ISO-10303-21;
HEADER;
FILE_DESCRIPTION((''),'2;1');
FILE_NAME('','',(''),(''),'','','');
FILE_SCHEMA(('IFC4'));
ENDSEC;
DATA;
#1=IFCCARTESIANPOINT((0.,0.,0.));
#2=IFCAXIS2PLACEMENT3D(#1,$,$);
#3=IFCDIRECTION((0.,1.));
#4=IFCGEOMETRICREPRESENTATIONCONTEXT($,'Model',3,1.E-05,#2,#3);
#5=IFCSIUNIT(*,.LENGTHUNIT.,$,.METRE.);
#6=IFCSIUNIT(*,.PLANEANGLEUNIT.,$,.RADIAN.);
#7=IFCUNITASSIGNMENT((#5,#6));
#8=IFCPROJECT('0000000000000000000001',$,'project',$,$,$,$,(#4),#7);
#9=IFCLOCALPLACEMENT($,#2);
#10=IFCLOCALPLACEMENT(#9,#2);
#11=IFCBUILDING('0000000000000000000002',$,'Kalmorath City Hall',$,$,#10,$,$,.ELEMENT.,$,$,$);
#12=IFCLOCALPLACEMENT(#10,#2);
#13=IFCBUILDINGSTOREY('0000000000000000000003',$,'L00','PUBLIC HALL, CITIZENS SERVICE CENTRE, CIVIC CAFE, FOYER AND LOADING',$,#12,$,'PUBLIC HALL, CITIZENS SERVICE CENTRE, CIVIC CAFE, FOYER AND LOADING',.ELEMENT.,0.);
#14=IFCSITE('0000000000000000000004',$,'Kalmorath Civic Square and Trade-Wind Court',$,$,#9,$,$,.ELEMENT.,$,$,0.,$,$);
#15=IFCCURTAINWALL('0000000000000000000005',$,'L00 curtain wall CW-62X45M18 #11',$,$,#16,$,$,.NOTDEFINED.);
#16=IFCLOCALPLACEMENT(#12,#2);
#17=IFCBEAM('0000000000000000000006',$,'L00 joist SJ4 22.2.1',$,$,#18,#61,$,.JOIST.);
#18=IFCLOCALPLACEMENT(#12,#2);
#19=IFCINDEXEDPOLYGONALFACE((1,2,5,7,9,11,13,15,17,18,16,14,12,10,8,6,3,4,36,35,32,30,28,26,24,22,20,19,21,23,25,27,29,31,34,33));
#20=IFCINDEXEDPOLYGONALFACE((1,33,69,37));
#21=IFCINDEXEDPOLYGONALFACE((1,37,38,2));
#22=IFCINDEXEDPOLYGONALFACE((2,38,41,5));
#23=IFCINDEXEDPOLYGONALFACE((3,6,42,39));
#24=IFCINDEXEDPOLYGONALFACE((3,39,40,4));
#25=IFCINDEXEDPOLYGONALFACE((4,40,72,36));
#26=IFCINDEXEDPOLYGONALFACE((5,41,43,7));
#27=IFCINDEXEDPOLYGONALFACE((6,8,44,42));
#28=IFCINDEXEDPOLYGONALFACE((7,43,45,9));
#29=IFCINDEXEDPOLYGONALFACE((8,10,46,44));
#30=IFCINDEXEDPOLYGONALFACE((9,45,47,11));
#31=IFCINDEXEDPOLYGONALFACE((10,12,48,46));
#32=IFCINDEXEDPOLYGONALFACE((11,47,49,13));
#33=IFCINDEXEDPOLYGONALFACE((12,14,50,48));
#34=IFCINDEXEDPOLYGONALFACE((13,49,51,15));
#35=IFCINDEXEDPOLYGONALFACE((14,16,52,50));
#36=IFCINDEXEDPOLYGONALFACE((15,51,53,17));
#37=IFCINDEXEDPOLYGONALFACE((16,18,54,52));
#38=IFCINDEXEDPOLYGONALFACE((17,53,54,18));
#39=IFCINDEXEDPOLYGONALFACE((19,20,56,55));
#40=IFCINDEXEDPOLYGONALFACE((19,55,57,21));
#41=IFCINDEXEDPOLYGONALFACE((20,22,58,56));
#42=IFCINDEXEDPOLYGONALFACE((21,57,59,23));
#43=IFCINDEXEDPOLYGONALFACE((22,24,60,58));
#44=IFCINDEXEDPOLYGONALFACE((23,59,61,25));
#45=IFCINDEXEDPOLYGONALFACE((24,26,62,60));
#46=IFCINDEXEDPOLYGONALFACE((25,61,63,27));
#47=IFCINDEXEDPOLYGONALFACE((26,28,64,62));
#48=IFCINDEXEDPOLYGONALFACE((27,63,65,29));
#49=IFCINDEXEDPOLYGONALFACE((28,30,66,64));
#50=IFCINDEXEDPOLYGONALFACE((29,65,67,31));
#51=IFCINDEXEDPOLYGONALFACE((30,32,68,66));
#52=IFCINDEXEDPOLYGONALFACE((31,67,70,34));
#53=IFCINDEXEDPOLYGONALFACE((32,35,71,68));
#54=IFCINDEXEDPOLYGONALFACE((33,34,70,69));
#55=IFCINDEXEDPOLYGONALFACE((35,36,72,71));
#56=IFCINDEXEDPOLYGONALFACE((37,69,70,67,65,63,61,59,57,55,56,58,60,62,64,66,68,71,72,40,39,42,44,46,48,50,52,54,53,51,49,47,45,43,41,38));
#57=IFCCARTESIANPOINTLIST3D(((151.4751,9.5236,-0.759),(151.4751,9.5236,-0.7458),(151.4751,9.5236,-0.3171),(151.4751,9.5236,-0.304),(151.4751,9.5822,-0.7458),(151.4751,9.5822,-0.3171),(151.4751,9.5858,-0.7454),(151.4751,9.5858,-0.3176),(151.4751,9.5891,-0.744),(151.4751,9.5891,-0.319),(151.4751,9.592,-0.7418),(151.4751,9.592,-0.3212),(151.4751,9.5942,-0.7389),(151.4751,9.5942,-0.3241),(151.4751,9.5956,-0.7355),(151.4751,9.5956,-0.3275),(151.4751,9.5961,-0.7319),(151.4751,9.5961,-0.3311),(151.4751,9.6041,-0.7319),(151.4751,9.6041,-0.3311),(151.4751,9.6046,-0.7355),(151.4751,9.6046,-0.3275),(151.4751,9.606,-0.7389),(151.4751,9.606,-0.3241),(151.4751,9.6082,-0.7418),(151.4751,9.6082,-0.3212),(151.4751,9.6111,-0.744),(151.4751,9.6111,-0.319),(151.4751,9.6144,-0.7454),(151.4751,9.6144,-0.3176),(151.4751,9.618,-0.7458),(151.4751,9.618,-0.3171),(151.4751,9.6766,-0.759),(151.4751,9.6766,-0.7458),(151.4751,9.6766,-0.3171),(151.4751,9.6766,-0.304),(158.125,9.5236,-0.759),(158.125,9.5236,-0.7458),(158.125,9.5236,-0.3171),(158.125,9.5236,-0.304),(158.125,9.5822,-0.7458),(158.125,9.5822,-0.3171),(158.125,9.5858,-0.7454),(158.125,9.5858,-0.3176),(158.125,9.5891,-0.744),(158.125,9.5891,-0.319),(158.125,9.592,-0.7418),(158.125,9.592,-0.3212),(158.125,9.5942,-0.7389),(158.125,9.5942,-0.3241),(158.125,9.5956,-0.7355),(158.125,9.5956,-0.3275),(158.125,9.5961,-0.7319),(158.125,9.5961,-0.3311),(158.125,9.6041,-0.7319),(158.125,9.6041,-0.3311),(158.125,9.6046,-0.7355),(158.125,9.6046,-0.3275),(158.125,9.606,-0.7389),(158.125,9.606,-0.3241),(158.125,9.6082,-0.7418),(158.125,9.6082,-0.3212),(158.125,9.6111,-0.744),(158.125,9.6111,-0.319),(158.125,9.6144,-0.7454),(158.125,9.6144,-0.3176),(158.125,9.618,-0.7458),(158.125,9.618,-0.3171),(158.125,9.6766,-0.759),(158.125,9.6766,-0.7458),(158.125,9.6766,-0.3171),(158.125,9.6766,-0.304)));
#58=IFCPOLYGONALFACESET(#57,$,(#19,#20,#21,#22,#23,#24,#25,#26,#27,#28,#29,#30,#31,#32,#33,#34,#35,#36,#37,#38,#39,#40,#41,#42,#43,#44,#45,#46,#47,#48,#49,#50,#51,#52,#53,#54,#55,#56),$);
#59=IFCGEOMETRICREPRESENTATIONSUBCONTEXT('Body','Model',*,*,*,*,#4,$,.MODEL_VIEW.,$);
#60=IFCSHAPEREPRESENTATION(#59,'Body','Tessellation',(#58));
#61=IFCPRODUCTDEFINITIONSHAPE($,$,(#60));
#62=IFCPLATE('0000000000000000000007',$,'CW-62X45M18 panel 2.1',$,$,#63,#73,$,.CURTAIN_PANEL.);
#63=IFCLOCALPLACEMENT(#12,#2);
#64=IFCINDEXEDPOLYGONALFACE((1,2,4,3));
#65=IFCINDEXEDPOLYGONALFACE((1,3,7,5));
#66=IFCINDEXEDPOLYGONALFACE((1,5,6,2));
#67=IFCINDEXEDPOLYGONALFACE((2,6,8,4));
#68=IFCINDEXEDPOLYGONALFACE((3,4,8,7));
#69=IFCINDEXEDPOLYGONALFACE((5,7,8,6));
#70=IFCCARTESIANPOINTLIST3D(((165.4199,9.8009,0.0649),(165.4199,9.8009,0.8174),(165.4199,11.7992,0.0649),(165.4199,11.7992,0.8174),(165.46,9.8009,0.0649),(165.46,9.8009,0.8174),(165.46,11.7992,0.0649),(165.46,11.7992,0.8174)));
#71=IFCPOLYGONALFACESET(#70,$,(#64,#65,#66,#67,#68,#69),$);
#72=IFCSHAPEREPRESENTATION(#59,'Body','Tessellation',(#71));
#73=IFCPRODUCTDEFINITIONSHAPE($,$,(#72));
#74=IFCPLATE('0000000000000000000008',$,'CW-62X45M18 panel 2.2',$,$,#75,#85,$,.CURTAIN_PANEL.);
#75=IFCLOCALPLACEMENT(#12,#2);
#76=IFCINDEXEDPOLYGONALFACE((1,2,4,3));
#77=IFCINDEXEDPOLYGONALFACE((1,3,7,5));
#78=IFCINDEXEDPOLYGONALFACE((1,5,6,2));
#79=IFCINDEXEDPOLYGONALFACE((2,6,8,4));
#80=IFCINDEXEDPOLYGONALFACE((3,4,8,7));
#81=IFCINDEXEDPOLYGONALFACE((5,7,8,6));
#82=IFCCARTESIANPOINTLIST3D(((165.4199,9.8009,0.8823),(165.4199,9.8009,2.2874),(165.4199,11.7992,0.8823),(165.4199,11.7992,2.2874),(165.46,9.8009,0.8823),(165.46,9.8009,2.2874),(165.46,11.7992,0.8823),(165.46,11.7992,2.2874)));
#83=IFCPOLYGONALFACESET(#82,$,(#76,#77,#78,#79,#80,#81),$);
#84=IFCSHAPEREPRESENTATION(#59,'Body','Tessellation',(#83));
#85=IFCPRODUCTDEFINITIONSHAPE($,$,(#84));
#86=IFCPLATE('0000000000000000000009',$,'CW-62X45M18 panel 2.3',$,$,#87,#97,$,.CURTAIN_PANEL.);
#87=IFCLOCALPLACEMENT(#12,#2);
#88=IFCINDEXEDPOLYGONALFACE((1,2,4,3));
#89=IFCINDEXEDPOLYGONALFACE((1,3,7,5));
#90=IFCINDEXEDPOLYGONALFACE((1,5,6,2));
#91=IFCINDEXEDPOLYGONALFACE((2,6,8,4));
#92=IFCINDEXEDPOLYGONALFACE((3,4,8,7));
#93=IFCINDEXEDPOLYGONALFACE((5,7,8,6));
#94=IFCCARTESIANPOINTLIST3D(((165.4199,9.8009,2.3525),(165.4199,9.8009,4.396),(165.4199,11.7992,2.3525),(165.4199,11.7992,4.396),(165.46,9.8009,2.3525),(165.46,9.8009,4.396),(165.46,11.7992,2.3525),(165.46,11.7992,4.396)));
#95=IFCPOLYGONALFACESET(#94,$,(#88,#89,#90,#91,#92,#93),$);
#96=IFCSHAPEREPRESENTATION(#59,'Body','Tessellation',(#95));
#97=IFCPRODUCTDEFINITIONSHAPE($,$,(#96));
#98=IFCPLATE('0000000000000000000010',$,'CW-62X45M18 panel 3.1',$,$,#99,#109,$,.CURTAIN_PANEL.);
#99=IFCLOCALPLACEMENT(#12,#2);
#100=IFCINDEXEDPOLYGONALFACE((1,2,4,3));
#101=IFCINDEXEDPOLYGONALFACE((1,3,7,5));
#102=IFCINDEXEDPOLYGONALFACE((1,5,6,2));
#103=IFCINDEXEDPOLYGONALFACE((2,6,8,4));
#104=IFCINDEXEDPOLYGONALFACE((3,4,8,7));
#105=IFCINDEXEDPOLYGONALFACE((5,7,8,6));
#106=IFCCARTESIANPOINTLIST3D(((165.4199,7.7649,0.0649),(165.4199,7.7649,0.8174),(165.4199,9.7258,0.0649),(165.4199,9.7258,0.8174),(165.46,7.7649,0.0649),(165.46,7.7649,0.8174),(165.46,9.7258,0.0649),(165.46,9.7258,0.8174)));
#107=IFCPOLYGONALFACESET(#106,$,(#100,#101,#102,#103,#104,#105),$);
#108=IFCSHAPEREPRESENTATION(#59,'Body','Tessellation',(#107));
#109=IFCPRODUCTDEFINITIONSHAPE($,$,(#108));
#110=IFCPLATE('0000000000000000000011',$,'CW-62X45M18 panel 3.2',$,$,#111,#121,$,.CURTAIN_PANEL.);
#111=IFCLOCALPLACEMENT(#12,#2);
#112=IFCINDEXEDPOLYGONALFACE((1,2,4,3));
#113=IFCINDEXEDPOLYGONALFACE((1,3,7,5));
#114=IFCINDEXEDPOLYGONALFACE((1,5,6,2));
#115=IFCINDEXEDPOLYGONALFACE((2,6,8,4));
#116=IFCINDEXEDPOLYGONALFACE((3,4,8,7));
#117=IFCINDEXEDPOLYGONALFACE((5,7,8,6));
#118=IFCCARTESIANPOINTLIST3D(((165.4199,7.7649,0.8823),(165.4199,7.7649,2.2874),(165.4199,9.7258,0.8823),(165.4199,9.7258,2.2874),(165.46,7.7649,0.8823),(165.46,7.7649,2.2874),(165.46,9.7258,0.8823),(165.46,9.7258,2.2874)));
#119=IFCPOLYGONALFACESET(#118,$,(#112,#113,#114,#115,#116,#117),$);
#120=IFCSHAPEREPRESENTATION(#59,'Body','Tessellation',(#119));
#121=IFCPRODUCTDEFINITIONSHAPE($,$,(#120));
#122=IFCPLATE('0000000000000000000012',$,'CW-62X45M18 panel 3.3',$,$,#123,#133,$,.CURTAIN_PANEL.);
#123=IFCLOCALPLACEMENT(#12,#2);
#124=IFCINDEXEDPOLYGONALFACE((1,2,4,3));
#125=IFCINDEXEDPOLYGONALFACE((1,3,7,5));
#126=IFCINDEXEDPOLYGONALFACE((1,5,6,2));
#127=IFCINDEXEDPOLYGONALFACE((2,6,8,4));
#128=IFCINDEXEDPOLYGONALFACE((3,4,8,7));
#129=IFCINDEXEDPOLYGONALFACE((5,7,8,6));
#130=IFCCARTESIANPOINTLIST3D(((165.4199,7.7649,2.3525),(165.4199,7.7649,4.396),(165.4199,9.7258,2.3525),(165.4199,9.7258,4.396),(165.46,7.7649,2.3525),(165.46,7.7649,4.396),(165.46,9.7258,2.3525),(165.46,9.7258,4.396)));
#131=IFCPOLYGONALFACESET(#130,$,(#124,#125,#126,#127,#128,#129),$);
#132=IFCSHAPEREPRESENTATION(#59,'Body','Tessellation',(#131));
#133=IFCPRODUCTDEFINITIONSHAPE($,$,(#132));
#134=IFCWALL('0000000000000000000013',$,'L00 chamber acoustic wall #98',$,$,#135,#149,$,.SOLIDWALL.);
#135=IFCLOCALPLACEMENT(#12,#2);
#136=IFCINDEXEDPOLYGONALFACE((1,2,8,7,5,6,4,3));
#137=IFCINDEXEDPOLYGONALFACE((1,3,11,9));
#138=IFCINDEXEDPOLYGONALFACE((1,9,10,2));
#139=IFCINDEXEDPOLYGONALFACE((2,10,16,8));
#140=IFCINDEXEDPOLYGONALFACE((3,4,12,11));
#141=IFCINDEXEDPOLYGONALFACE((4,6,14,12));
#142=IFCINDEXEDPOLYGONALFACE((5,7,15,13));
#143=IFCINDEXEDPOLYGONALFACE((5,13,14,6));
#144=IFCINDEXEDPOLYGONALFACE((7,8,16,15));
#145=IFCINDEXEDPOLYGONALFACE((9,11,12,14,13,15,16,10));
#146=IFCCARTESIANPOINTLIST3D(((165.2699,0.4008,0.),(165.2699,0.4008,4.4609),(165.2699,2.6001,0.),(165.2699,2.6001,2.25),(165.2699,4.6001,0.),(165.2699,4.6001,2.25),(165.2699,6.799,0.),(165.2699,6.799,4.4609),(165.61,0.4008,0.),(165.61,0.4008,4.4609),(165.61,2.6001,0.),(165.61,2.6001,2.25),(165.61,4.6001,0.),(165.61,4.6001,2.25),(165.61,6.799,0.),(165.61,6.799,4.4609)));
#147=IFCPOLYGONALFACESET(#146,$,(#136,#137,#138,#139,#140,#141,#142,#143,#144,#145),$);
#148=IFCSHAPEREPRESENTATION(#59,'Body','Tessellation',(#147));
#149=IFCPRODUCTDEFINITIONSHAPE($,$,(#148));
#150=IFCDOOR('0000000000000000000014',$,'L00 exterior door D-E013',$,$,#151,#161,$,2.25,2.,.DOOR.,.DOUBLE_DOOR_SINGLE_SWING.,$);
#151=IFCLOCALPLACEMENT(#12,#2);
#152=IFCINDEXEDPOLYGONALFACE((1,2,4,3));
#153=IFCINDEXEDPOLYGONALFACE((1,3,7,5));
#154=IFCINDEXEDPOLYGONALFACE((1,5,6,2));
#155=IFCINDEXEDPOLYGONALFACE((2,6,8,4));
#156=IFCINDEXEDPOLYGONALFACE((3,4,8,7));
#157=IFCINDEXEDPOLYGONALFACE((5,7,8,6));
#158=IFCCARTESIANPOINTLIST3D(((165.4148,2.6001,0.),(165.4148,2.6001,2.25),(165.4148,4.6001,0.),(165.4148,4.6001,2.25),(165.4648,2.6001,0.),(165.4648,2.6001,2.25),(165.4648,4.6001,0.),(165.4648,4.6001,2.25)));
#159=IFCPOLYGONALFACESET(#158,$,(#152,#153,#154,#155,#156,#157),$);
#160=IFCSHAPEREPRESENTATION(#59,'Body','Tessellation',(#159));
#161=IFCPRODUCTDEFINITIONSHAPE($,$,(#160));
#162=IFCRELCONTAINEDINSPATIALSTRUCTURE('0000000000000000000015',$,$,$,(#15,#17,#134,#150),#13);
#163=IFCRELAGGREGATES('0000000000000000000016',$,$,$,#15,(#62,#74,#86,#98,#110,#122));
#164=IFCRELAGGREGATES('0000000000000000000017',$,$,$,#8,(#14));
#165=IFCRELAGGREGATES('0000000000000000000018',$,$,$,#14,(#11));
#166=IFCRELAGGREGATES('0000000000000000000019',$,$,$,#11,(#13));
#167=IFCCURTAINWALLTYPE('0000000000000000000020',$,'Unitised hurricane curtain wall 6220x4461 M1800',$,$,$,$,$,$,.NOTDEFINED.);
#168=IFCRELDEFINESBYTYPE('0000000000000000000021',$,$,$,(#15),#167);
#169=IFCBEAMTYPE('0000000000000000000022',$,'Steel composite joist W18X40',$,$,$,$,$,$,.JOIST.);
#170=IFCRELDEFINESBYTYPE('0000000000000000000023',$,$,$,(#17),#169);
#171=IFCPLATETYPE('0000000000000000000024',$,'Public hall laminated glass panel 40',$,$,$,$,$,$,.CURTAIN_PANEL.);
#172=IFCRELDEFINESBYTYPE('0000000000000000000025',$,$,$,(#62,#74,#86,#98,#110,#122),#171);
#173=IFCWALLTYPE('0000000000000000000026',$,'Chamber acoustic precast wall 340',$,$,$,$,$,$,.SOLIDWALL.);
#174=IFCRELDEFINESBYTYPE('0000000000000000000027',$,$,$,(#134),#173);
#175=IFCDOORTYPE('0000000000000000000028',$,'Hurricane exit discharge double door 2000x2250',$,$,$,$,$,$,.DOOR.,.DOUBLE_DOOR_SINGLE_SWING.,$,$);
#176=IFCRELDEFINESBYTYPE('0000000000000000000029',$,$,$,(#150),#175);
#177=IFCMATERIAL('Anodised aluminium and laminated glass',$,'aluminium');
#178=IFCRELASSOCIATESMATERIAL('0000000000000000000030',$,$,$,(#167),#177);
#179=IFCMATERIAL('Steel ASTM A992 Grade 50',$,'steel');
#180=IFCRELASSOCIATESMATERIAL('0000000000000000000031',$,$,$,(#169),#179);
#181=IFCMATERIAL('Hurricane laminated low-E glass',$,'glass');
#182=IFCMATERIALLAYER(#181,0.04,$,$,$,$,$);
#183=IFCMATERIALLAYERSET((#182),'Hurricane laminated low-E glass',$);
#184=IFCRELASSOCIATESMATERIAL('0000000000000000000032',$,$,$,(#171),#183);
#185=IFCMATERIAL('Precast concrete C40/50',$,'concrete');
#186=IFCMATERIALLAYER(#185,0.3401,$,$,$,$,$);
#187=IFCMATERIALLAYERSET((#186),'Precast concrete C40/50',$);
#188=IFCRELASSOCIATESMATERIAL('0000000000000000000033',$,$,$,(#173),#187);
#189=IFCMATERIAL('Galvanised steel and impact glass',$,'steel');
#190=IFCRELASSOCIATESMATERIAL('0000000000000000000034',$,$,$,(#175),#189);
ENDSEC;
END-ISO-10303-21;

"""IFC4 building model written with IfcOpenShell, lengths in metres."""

from ifc_helpers import new_model, si_unit, direction, frame, frame_2d, origin, origin_2d, place, context, subcontext, project, spatial, rectangle, i_section, extrude, material, layer, layer_set, material_profile, profile_set, type_object, element, fill, aggregate, save


model = new_model("IFC4")

# Units and contexts
model_context = context("Model", 3, precision=1e-05, world=origin(), true_north=direction((0.0, 1.0)))
body_context = subcontext(model_context, "Body", "Model", "MODEL_VIEW")
ifc_project = project(units=[si_unit("LENGTHUNIT", "METRE"), si_unit("PLANEANGLEUNIT", "RADIAN")], contexts=[model_context])

# Site, building, storey
site_placement = place(None, origin())
site = spatial("IfcSite", under=ifc_project, at=site_placement, Name="Kalmorath Civic Square and Trade-Wind Court", CompositionType="ELEMENT", RefElevation=0.0)
building_placement = place(site_placement, origin())
building = spatial("IfcBuilding", under=site, at=building_placement, Name="Kalmorath City Hall", CompositionType="ELEMENT")
storey_placement = place(building_placement, origin())
storey = spatial("IfcBuildingStorey", under=building, at=storey_placement, Name="L00", Description="PUBLIC HALL, CITIZENS SERVICE CENTRE, CIVIC CAFE, FOYER AND LOADING", LongName="PUBLIC HALL, CITIZENS SERVICE CENTRE, CIVIC CAFE, FOYER AND LOADING", CompositionType="ELEMENT", Elevation=0.0)

# Curtain wall
ifc_material_1 = material(Name="Anodised aluminium and laminated glass", Category="aluminium")
curtain_wall_type = type_object("IfcCurtainWallType", Name="Unitised hurricane curtain wall 6220x4461 M1800", PredefinedType="NOTDEFINED", material=ifc_material_1)
curtain_wall_placement = place(storey_placement, origin())
curtain_wall = element("IfcCurtainWall", 1, at=curtain_wall_placement, inside=storey, type_object=curtain_wall_type, Name="L00 curtain wall CW-62X45M18 #11", PredefinedType="NOTDEFINED")

# Beam
ifc_material_2 = material(Name="Steel ASTM A992 Grade 50", Category="steel")
ifc_material_profile_1 = material_profile(ifc_material_2, i_section(OverallWidth=0.1531, OverallDepth=0.4551, WebThickness=0.0081, FlangeThickness=0.0132, FilletRadius=0.0139, at=origin_2d()), Name="W18X40")
ifc_profile_set_1 = profile_set([ifc_material_profile_1], Name="Steel ASTM A992 Grade 50")
beam_type_1 = type_object("IfcBeamType", Name="Steel composite joist W18X40", PredefinedType="JOIST", material=ifc_profile_set_1)
beam_1_placement = place(storey_placement, frame((151.4751, 9.6001, -0.5315), z_axis=(1.0, 0.0, 0.0), x_axis=(0.0, 1.0, 0.0)))
element("IfcBeam", 2, at=beam_1_placement, inside=storey, type_object=beam_type_1, Name="L00 joist SJ4 22.2.1", PredefinedType="JOIST", context=body_context, shape_type="SweptSolid", body=[
    extrude(i_section(OverallWidth=0.1531, OverallDepth=0.4551, WebThickness=0.0081, FlangeThickness=0.0132, FilletRadius=0.0139, at=origin_2d()), origin(), (0.0, 0.0, 1.0), 6.6499),
])

# Plates
ifc_material_3 = material(Name="Hurricane laminated low-E glass", Category="glass")
ifc_layer_1 = layer(ifc_material_3, 0.04)
ifc_layer_set_1 = layer_set([ifc_layer_1], Name="Hurricane laminated low-E glass")
plate_type = type_object("IfcPlateType", Name="Public hall laminated glass panel 40", PredefinedType="CURTAIN_PANEL", material=ifc_layer_set_1)
plate_1_placement = place(storey_placement, frame((165.4399, 10.8, 0.0649), z_axis=(0.0, 0.0, 1.0), x_axis=(0.0, -1.0, 0.0)))
plate_1 = element("IfcPlate", 3, at=plate_1_placement, type_object=plate_type, Name="CW-62X45M18 panel 2.1", PredefinedType="CURTAIN_PANEL", context=body_context, shape_type="SweptSolid", body=[
    extrude(rectangle(XDim=1.9983, YDim=0.04, at=origin_2d()), origin(), (0.0, 0.0, 1.0), 0.7524),
])
plate_2_placement = place(storey_placement, frame((165.4399, 10.8, 0.8823), z_axis=(0.0, 0.0, 1.0), x_axis=(0.0, -1.0, 0.0)))
plate_2 = element("IfcPlate", 4, at=plate_2_placement, type_object=plate_type, Name="CW-62X45M18 panel 2.2", PredefinedType="CURTAIN_PANEL", context=body_context, shape_type="SweptSolid", body=[
    extrude(rectangle(XDim=1.9983, YDim=0.04, at=origin_2d()), origin(), (0.0, 0.0, 1.0), 1.405),
])
plate_3_placement = place(storey_placement, frame((165.4399, 10.8, 2.3525), z_axis=(0.0, 0.0, 1.0), x_axis=(0.0, -1.0, 0.0)))
plate_3 = element("IfcPlate", 5, at=plate_3_placement, type_object=plate_type, Name="CW-62X45M18 panel 2.3", PredefinedType="CURTAIN_PANEL", context=body_context, shape_type="SweptSolid", body=[
    extrude(rectangle(XDim=1.9983, YDim=0.04, at=origin_2d()), origin(), (0.0, 0.0, 1.0), 2.0435),
])
plate_4_placement = place(storey_placement, frame((165.4399, 8.7454, 0.0649), z_axis=(0.0, 0.0, 1.0), x_axis=(0.0, -1.0, 0.0)))
plate_4 = element("IfcPlate", 6, at=plate_4_placement, type_object=plate_type, Name="CW-62X45M18 panel 3.1", PredefinedType="CURTAIN_PANEL", context=body_context, shape_type="SweptSolid", body=[
    extrude(rectangle(XDim=1.9609, YDim=0.04, at=origin_2d()), origin(), (0.0, 0.0, 1.0), 0.7524),
])
plate_5_placement = place(storey_placement, frame((165.4399, 8.7454, 0.8823), z_axis=(0.0, 0.0, 1.0), x_axis=(0.0, -1.0, 0.0)))
plate_5 = element("IfcPlate", 7, at=plate_5_placement, type_object=plate_type, Name="CW-62X45M18 panel 3.2", PredefinedType="CURTAIN_PANEL", context=body_context, shape_type="SweptSolid", body=[
    extrude(rectangle(XDim=1.9609, YDim=0.04, at=origin_2d()), origin(), (0.0, 0.0, 1.0), 1.405),
])
plate_6_placement = place(storey_placement, frame((165.4399, 8.7454, 2.3525), z_axis=(0.0, 0.0, 1.0), x_axis=(0.0, -1.0, 0.0)))
plate_6 = element("IfcPlate", 8, at=plate_6_placement, type_object=plate_type, Name="CW-62X45M18 panel 3.3", PredefinedType="CURTAIN_PANEL", context=body_context, shape_type="SweptSolid", body=[
    extrude(rectangle(XDim=1.9609, YDim=0.04, at=origin_2d()), origin(), (0.0, 0.0, 1.0), 2.0435),
])
aggregate(curtain_wall, [plate_1, plate_2, plate_3, plate_4, plate_5, plate_6])

# Wall, opening, door
ifc_material_4 = material(Name="Precast concrete C40/50", Category="concrete")
ifc_layer_2 = layer(ifc_material_4, 0.3401)
ifc_layer_set_2 = layer_set([ifc_layer_2], Name="Precast concrete C40/50")
wall_type_1 = type_object("IfcWallType", Name="Chamber acoustic precast wall 340", PredefinedType="SOLIDWALL", material=ifc_layer_set_2)
wall_1_placement = place(storey_placement, frame((165.4399, 6.7991, 0.0), z_axis=(0.0, 0.0, 1.0), x_axis=(0.0, -1.0, 0.0)))
wall_1 = element("IfcWall", 9, at=wall_1_placement, inside=storey, type_object=wall_type_1, Name="L00 chamber acoustic wall #98", PredefinedType="SOLIDWALL", context=body_context, shape_type="SweptSolid", body=[
    extrude(rectangle(XDim=6.3982, YDim=0.3401, at=frame_2d((3.1992, 0.0))), origin(), (0.0, 0.0, 1.0), 4.4609),
])
opening_1_placement = place(wall_1_placement, frame((2.199, 0.0, 0.0)))
opening_1 = element("IfcOpeningElement", 10, at=opening_1_placement, cuts=wall_1, PredefinedType="OPENING", context=body_context, shape_type="SweptSolid", body=[
    extrude(rectangle(XDim=2.0, YDim=2.25, at=frame_2d((1.0, 1.125))), frame((0.0, 0.1799, 0.0), z_axis=(0.0, -1.0, 0.0), x_axis=(1.0, 0.0, 0.0)), (0.0, 0.0, 1.0), 0.3601),
])
ifc_material_5 = material(Name="Galvanised steel and impact glass", Category="steel")
door_type_1 = type_object("IfcDoorType", Name="Hurricane exit discharge double door 2000x2250", OperationType="DOUBLE_DOOR_SINGLE_SWING", PredefinedType="DOOR", material=ifc_material_5)
door_1_placement = place(opening_1_placement, origin())
door_1 = element("IfcDoor", 11, at=door_1_placement, inside=storey, type_object=door_type_1, Name="L00 exterior door D-E013", OperationType="DOUBLE_DOOR_SINGLE_SWING", OverallHeight=2.25, OverallWidth=2.0, PredefinedType="DOOR", context=body_context, shape_type="SweptSolid", body=[
    extrude(rectangle(XDim=2.0, YDim=2.25, at=frame_2d((1.0, 1.125))), frame((0.0, 0.0249, 0.0), z_axis=(0.0, -1.0, 0.0), x_axis=(1.0, 0.0, 0.0)), (0.0, 0.0, 1.0), 0.05),
])
fill(opening_1, door_1)

save(model, "model.ifc")
